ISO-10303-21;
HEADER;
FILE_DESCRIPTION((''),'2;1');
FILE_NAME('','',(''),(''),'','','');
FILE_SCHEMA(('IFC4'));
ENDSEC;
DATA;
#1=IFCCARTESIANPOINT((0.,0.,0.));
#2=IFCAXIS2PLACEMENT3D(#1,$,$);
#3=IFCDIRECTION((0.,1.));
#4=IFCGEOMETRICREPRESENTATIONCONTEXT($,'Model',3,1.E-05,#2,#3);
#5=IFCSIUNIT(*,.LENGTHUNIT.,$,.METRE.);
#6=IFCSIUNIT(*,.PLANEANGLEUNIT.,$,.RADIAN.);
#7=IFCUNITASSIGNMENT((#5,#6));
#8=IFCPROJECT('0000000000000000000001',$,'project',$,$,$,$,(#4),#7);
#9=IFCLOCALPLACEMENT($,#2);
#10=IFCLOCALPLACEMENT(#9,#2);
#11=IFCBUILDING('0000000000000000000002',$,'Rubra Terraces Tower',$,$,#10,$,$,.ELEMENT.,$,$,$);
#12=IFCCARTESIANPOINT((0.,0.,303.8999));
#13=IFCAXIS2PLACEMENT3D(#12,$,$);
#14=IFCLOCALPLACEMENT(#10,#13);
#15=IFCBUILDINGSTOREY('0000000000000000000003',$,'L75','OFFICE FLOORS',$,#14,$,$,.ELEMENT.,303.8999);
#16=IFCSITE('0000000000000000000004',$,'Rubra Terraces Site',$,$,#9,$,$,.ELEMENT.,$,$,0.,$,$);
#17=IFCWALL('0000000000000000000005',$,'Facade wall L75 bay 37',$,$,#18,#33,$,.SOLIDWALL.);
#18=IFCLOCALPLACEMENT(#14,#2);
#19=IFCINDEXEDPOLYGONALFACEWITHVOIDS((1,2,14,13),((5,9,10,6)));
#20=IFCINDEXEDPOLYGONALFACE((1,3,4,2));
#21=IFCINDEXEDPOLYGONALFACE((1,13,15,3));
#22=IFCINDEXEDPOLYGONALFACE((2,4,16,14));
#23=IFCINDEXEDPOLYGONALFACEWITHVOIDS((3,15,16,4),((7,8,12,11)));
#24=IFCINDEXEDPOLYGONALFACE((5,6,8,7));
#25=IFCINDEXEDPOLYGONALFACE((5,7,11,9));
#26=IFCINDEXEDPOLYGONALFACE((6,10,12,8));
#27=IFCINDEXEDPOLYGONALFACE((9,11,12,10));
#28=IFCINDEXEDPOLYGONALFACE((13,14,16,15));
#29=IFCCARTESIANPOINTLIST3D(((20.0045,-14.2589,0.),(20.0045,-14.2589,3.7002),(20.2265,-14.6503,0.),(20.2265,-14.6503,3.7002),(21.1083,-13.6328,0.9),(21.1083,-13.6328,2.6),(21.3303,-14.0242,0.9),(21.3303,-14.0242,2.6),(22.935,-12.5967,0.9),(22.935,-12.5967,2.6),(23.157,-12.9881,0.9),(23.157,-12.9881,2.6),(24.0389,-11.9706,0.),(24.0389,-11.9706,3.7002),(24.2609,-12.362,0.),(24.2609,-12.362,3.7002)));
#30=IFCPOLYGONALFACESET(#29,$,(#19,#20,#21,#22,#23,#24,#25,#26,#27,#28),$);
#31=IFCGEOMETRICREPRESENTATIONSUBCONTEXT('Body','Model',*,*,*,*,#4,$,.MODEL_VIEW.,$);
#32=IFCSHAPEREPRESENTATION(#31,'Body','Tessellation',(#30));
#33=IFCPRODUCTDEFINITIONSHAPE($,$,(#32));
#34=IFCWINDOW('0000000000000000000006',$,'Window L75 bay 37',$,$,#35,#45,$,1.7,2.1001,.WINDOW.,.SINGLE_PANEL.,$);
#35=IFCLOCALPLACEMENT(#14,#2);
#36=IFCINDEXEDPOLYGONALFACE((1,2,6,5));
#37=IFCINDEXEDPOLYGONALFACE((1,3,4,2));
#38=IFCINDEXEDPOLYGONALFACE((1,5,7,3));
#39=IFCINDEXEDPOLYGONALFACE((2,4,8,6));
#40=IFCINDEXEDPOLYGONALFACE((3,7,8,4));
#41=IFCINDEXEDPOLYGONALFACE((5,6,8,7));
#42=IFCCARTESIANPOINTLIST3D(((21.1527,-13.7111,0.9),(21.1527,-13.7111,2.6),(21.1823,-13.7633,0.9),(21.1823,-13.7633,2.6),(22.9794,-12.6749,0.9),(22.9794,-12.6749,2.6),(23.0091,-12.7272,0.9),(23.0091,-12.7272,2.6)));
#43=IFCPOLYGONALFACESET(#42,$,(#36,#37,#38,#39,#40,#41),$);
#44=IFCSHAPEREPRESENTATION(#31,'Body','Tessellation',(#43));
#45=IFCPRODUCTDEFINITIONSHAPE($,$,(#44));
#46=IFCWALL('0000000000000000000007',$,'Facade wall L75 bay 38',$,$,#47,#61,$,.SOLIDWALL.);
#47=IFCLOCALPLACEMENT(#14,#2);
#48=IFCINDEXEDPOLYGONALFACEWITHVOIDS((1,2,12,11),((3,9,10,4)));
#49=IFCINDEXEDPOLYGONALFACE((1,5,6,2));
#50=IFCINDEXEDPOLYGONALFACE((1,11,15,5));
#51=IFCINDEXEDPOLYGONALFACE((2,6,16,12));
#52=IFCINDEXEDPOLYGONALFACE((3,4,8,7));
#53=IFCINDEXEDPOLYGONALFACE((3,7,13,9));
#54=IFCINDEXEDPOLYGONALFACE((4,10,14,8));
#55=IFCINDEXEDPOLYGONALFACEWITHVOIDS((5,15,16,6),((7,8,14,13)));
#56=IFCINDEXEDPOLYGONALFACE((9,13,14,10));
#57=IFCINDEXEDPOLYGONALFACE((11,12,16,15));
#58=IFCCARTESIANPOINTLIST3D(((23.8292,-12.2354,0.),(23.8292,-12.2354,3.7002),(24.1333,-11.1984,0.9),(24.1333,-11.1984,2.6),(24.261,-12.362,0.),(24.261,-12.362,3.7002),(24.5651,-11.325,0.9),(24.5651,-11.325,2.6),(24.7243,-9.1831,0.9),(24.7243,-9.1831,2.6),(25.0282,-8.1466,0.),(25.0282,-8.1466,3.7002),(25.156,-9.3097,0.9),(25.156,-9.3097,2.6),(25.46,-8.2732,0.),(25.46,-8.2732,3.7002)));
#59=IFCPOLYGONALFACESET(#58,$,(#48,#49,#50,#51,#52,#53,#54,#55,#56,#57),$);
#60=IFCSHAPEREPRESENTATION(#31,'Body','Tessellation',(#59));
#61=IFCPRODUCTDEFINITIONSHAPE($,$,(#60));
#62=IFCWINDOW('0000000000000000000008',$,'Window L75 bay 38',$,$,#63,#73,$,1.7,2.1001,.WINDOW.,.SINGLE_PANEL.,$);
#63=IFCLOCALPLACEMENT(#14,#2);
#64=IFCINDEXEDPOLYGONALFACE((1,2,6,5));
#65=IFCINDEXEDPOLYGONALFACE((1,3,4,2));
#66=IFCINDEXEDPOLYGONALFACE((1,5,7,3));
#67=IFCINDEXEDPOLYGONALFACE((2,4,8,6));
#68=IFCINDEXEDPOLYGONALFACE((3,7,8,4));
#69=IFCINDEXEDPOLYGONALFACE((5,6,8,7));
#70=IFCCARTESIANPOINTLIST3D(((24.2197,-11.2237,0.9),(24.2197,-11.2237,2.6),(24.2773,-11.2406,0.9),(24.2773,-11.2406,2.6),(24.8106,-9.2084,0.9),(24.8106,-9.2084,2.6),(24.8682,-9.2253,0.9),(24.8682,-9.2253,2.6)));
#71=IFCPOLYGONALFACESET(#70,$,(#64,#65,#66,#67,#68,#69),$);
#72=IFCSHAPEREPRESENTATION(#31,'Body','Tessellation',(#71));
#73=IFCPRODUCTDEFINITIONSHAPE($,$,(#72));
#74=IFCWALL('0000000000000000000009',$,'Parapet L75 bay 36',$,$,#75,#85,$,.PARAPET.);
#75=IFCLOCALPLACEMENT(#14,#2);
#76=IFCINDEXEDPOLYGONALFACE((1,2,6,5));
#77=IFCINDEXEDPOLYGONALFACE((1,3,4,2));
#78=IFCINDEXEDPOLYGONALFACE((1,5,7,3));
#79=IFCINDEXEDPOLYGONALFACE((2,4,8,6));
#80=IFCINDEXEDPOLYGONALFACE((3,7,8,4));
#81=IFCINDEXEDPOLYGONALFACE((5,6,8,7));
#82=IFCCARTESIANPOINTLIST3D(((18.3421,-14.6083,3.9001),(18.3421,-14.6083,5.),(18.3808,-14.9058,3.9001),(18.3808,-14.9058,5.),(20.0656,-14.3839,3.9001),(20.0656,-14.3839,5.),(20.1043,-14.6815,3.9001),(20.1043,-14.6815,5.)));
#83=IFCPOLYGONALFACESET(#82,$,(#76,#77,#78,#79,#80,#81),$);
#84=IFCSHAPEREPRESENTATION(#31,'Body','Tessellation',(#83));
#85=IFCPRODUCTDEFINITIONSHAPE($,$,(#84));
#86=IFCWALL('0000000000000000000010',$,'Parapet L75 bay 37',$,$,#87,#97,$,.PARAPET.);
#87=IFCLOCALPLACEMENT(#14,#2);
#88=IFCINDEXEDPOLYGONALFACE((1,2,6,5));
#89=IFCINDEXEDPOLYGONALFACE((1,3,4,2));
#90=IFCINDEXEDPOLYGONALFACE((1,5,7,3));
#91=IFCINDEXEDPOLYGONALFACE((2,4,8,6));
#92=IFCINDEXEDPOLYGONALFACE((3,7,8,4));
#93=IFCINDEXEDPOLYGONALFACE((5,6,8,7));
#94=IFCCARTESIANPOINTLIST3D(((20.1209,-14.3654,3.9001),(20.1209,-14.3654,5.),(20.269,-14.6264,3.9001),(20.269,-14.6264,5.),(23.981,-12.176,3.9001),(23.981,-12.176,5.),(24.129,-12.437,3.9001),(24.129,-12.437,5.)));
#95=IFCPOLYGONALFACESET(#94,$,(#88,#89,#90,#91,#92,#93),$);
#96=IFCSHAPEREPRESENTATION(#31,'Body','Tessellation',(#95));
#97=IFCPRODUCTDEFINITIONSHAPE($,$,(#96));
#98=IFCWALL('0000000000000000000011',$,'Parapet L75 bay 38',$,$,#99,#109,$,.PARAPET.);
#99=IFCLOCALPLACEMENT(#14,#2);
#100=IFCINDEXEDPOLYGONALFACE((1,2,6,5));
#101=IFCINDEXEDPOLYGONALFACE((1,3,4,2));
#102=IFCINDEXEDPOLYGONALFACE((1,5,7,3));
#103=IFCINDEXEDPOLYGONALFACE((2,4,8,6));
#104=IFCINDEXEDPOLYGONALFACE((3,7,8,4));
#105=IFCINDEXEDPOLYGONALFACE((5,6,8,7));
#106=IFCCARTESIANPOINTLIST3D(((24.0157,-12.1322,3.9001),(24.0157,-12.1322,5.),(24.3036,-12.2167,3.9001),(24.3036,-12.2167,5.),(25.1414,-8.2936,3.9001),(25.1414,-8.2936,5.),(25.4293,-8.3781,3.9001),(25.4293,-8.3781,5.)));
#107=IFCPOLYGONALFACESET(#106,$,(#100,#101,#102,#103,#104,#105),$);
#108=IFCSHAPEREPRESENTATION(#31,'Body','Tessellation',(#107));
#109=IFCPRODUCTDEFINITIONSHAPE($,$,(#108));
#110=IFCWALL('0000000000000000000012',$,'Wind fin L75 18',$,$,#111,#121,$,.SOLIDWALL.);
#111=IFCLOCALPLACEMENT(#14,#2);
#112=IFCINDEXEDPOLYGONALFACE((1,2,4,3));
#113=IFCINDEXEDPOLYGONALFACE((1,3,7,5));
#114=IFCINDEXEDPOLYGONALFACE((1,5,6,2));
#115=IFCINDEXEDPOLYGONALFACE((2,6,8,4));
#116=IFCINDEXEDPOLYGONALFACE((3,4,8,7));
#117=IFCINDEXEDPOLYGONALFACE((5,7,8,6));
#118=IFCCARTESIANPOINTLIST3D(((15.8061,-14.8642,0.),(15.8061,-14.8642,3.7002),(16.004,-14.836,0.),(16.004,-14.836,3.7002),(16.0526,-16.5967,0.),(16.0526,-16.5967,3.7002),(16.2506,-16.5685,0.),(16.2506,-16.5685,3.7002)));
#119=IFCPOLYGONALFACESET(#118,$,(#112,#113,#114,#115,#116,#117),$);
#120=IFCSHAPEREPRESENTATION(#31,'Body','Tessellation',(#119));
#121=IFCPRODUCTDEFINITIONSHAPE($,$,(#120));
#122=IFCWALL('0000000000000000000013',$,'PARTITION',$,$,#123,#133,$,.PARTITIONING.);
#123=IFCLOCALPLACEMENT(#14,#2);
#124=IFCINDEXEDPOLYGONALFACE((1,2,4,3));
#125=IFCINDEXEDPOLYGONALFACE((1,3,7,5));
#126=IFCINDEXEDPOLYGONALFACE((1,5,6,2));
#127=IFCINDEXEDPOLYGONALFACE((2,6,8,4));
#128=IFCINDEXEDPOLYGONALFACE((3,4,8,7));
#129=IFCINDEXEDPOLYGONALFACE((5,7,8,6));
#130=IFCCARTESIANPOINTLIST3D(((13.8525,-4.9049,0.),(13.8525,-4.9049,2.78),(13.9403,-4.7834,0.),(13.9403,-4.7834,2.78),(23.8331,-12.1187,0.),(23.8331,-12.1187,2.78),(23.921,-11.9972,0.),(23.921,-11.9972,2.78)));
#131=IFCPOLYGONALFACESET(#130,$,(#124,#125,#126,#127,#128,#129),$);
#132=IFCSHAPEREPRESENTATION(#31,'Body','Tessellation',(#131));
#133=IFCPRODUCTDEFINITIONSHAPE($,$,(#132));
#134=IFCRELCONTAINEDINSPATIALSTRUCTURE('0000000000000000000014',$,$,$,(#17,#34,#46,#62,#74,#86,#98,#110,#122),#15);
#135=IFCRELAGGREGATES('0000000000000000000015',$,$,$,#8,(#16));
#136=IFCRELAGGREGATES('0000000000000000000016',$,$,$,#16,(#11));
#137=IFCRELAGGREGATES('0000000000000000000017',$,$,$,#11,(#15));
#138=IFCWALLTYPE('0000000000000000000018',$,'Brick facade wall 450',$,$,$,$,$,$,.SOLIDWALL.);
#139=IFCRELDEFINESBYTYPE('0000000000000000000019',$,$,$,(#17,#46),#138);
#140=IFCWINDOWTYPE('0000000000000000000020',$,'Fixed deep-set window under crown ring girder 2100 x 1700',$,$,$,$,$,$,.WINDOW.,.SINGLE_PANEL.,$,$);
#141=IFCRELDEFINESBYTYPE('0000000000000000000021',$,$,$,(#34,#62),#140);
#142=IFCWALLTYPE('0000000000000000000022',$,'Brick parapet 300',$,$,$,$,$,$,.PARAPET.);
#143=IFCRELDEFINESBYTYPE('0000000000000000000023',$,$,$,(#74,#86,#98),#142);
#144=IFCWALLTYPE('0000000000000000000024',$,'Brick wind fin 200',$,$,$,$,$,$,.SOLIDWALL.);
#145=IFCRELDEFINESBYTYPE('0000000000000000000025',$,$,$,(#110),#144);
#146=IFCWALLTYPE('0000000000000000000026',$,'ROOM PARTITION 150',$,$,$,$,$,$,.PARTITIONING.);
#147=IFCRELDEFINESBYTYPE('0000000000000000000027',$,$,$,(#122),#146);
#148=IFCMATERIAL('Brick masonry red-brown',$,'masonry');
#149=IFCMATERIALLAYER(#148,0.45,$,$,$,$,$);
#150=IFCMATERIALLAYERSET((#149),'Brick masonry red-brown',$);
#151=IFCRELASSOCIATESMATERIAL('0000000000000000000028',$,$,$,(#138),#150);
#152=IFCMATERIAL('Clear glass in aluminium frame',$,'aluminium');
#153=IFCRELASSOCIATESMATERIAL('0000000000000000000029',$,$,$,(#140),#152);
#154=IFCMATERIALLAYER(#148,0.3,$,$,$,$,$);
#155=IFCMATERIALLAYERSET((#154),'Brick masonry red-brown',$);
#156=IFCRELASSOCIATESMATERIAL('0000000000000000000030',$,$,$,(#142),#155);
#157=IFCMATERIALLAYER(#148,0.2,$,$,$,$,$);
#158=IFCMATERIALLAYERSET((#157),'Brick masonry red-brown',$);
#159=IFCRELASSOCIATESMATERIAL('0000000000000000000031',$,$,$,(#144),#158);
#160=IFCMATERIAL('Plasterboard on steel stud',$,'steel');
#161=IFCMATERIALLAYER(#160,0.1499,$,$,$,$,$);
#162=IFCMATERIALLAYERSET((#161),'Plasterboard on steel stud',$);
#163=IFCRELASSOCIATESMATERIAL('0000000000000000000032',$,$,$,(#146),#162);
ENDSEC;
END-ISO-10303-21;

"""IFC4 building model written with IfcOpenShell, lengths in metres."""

from ifc_helpers import new_model, si_unit, direction, frame, frame_2d, origin, place, context, subcontext, project, spatial, rectangle, extrude, material, layer, layer_set, type_object, element, fill, save


model = new_model("IFC4")

# Units and contexts
model_context = context("Model", 3, precision=1e-05, world=origin(), true_north=direction((0.0, 1.0)))
body_context = subcontext(model_context, "Body", "Model", "MODEL_VIEW")
ifc_project = project(units=[si_unit("LENGTHUNIT", "METRE"), si_unit("PLANEANGLEUNIT", "RADIAN")], contexts=[model_context])

# Site, building, storey
site_placement = place(None, origin())
site = spatial("IfcSite", under=ifc_project, at=site_placement, Name="Rubra Terraces Site", CompositionType="ELEMENT", RefElevation=0.0)
building_placement = place(site_placement, origin())
building = spatial("IfcBuilding", under=site, at=building_placement, Name="Rubra Terraces Tower", CompositionType="ELEMENT")
storey_placement = place(building_placement, frame((0.0, 0.0, 303.8999)))
storey = spatial("IfcBuildingStorey", under=building, at=storey_placement, Name="L75", Description="OFFICE FLOORS", CompositionType="ELEMENT", Elevation=303.8999)

# Walls, openings, windows
ifc_material_1 = material(Name="Brick masonry red-brown", Category="masonry")
ifc_layer_1 = layer(ifc_material_1, 0.45)
ifc_layer_set_1 = layer_set([ifc_layer_1], Name="Brick masonry red-brown")
wall_type_1 = type_object("IfcWallType", Name="Brick facade wall 450", PredefinedType="SOLIDWALL", material=ifc_layer_set_1)
ifc_material_2 = material(Name="Clear glass in aluminium frame", Category="aluminium")
window_type = type_object("IfcWindowType", Name="Fixed deep-set window under crown ring girder 2100 x 1700", PartitioningType="SINGLE_PANEL", PredefinedType="WINDOW", material=ifc_material_2)
wall_1_placement = place(storey_placement, frame((20.1155, -14.4546, 0.0), z_axis=(0.0, 0.0, 1.0), x_axis=(0.869823, 0.493364, 0.0)))
wall_1 = element("IfcWall", 1, at=wall_1_placement, inside=storey, type_object=wall_type_1, Name="Facade wall L75 bay 37", PredefinedType="SOLIDWALL", context=body_context, shape_type="SweptSolid", body=[
    extrude(rectangle(XDim=4.6382, YDim=0.45, at=frame_2d((2.3191, 0.0))), origin(), (0.0, 0.0, 1.0), 3.7002),
])
opening_1_placement = place(wall_1_placement, frame((1.269, 0.0, 0.8999)))
opening_1 = element("IfcOpeningElement", 2, at=opening_1_placement, cuts=wall_1, PredefinedType="OPENING", context=body_context, shape_type="SweptSolid", body=[
    extrude(rectangle(XDim=2.1001, YDim=1.7, at=frame_2d((1.05, 0.8501))), frame((0.0, 0.2349, 0.0), z_axis=(0.0, -1.0, 0.0), x_axis=(1.0, 0.0, 0.0)), (0.0, 0.0, 1.0), 0.47),
])
window_1_placement = place(opening_1_placement, origin())
window_1 = element("IfcWindow", 3, at=window_1_placement, inside=storey, type_object=window_type, Name="Window L75 bay 37", OverallHeight=1.7, OverallWidth=2.1001, PartitioningType="SINGLE_PANEL", PredefinedType="WINDOW", context=body_context, shape_type="SweptSolid", body=[
    extrude(rectangle(XDim=2.1001, YDim=1.7, at=frame_2d((1.05, 0.8501))), frame((0.0, 0.135, 0.0), z_axis=(0.0, -1.0, 0.0), x_axis=(1.0, 0.0, 0.0)), (0.0, 0.0, 1.0), 0.0601),
])
fill(opening_1, window_1)
wall_2_placement = place(storey_placement, frame((24.0452, -12.2986, 0.0), z_axis=(0.0, 0.0, 1.0), x_axis=(0.281381, 0.959596, 0.0)))
wall_2 = element("IfcWall", 4, at=wall_2_placement, inside=storey, type_object=wall_type_1, Name="Facade wall L75 bay 38", PredefinedType="SOLIDWALL", context=body_context, shape_type="SweptSolid", body=[
    extrude(rectangle(XDim=4.261, YDim=0.45, at=frame_2d((2.1304, 0.0))), origin(), (0.0, 0.0, 1.0), 3.7002),
])
opening_2_placement = place(wall_2_placement, frame((1.0806, 0.0, 0.8999)))
opening_2 = element("IfcOpeningElement", 5, at=opening_2_placement, cuts=wall_2, PredefinedType="OPENING", context=body_context, shape_type="SweptSolid", body=[
    extrude(rectangle(XDim=2.1001, YDim=1.7, at=frame_2d((1.05, 0.8501))), frame((0.0, 0.2349, 0.0), z_axis=(0.0, -1.0, 0.0), x_axis=(1.0, 0.0, 0.0)), (0.0, 0.0, 1.0), 0.47),
])
window_2_placement = place(opening_2_placement, origin())
window_2 = element("IfcWindow", 6, at=window_2_placement, inside=storey, type_object=window_type, Name="Window L75 bay 38", OverallHeight=1.7, OverallWidth=2.1001, PartitioningType="SINGLE_PANEL", PredefinedType="WINDOW", context=body_context, shape_type="SweptSolid", body=[
    extrude(rectangle(XDim=2.1001, YDim=1.7, at=frame_2d((1.05, 0.8501))), frame((0.0, 0.135, 0.0), z_axis=(0.0, -1.0, 0.0), x_axis=(1.0, 0.0, 0.0)), (0.0, 0.0, 1.0), 0.0601),
])
fill(opening_2, window_2)

# Walls
ifc_layer_2 = layer(ifc_material_1, 0.3)
ifc_layer_set_2 = layer_set([ifc_layer_2], Name="Brick masonry red-brown")
wall_type_2 = type_object("IfcWallType", Name="Brick parapet 300", PredefinedType="PARAPET", material=ifc_layer_set_2)
wall_3_placement = place(storey_placement, frame((18.3613, -14.7571, 3.9001), z_axis=(0.0, 0.0, 1.0), x_axis=(0.991632, 0.129099, 0.0)))
element("IfcWall", 7, at=wall_3_placement, inside=storey, type_object=wall_type_2, Name="Parapet L75 bay 36", PredefinedType="PARAPET", context=body_context, shape_type="SweptSolid", body=[
    extrude(rectangle(XDim=1.738, YDim=0.3, at=frame_2d((0.8691, 0.0))), origin(), (0.0, 0.0, 1.0), 1.0999),
])
wall_4_placement = place(storey_placement, frame((20.1951, -14.4958, 3.9001), z_axis=(0.0, 0.0, 1.0), x_axis=(0.869823, 0.493364, 0.0)))
element("IfcWall", 8, at=wall_4_placement, inside=storey, type_object=wall_type_2, Name="Parapet L75 bay 37", PredefinedType="PARAPET", context=body_context, shape_type="SweptSolid", body=[
    extrude(rectangle(XDim=4.4377, YDim=0.3, at=frame_2d((2.2188, 0.0))), origin(), (0.0, 0.0, 1.0), 1.0999),
])
wall_5_placement = place(storey_placement, frame((24.1597, -12.1743, 3.9001), z_axis=(0.0, 0.0, 1.0), x_axis=(0.281413, 0.959587, 0.0)))
element("IfcWall", 9, at=wall_5_placement, inside=storey, type_object=wall_type_2, Name="Parapet L75 bay 38", PredefinedType="PARAPET", context=body_context, shape_type="SweptSolid", body=[
    extrude(rectangle(XDim=4.0002, YDim=0.3, at=frame_2d((2.0, 0.0))), origin(), (0.0, 0.0, 1.0), 1.0999),
])
ifc_layer_3 = layer(ifc_material_1, 0.2)
ifc_layer_set_3 = layer_set([ifc_layer_3], Name="Brick masonry red-brown")
wall_type_3 = type_object("IfcWallType", Name="Brick wind fin 200", PredefinedType="SOLIDWALL", material=ifc_layer_set_3)
wall_6_placement = place(storey_placement, frame((15.905, -14.8501, 0.0), z_axis=(0.0, 0.0, 1.0), x_axis=(0.140913, -0.990022, 0.0)))
element("IfcWall", 10, at=wall_6_placement, inside=storey, type_object=wall_type_3, Name="Wind fin L75 18", PredefinedType="SOLIDWALL", context=body_context, shape_type="SweptSolid", body=[
    extrude(rectangle(XDim=1.75, YDim=0.2, at=frame_2d((0.875, 0.0))), origin(), (0.0, 0.0, 1.0), 3.7002),
])
ifc_material_3 = material(Name="Plasterboard on steel stud", Category="steel")
ifc_layer_4 = layer(ifc_material_3, 0.1499)
ifc_layer_set_4 = layer_set([ifc_layer_4], Name="Plasterboard on steel stud")
wall_type_4 = type_object("IfcWallType", Name="ROOM PARTITION 150", PredefinedType="PARTITIONING", material=ifc_layer_set_4)
wall_7_placement = place(storey_placement, frame((23.877, -12.0579, 0.0), z_axis=(0.0, 0.0, 1.0), x_axis=(-0.810464, 0.585788, 0.0)))
element("IfcWall", 11, at=wall_7_placement, inside=storey, type_object=wall_type_4, Name="PARTITION", PredefinedType="PARTITIONING", context=body_context, shape_type="SweptSolid", body=[
    extrude(rectangle(XDim=12.3147, YDim=0.1499, at=frame_2d((6.1572, 0.0))), origin(), (0.0, 0.0, 1.0), 2.78),
])

save(model, "model.ifc")
